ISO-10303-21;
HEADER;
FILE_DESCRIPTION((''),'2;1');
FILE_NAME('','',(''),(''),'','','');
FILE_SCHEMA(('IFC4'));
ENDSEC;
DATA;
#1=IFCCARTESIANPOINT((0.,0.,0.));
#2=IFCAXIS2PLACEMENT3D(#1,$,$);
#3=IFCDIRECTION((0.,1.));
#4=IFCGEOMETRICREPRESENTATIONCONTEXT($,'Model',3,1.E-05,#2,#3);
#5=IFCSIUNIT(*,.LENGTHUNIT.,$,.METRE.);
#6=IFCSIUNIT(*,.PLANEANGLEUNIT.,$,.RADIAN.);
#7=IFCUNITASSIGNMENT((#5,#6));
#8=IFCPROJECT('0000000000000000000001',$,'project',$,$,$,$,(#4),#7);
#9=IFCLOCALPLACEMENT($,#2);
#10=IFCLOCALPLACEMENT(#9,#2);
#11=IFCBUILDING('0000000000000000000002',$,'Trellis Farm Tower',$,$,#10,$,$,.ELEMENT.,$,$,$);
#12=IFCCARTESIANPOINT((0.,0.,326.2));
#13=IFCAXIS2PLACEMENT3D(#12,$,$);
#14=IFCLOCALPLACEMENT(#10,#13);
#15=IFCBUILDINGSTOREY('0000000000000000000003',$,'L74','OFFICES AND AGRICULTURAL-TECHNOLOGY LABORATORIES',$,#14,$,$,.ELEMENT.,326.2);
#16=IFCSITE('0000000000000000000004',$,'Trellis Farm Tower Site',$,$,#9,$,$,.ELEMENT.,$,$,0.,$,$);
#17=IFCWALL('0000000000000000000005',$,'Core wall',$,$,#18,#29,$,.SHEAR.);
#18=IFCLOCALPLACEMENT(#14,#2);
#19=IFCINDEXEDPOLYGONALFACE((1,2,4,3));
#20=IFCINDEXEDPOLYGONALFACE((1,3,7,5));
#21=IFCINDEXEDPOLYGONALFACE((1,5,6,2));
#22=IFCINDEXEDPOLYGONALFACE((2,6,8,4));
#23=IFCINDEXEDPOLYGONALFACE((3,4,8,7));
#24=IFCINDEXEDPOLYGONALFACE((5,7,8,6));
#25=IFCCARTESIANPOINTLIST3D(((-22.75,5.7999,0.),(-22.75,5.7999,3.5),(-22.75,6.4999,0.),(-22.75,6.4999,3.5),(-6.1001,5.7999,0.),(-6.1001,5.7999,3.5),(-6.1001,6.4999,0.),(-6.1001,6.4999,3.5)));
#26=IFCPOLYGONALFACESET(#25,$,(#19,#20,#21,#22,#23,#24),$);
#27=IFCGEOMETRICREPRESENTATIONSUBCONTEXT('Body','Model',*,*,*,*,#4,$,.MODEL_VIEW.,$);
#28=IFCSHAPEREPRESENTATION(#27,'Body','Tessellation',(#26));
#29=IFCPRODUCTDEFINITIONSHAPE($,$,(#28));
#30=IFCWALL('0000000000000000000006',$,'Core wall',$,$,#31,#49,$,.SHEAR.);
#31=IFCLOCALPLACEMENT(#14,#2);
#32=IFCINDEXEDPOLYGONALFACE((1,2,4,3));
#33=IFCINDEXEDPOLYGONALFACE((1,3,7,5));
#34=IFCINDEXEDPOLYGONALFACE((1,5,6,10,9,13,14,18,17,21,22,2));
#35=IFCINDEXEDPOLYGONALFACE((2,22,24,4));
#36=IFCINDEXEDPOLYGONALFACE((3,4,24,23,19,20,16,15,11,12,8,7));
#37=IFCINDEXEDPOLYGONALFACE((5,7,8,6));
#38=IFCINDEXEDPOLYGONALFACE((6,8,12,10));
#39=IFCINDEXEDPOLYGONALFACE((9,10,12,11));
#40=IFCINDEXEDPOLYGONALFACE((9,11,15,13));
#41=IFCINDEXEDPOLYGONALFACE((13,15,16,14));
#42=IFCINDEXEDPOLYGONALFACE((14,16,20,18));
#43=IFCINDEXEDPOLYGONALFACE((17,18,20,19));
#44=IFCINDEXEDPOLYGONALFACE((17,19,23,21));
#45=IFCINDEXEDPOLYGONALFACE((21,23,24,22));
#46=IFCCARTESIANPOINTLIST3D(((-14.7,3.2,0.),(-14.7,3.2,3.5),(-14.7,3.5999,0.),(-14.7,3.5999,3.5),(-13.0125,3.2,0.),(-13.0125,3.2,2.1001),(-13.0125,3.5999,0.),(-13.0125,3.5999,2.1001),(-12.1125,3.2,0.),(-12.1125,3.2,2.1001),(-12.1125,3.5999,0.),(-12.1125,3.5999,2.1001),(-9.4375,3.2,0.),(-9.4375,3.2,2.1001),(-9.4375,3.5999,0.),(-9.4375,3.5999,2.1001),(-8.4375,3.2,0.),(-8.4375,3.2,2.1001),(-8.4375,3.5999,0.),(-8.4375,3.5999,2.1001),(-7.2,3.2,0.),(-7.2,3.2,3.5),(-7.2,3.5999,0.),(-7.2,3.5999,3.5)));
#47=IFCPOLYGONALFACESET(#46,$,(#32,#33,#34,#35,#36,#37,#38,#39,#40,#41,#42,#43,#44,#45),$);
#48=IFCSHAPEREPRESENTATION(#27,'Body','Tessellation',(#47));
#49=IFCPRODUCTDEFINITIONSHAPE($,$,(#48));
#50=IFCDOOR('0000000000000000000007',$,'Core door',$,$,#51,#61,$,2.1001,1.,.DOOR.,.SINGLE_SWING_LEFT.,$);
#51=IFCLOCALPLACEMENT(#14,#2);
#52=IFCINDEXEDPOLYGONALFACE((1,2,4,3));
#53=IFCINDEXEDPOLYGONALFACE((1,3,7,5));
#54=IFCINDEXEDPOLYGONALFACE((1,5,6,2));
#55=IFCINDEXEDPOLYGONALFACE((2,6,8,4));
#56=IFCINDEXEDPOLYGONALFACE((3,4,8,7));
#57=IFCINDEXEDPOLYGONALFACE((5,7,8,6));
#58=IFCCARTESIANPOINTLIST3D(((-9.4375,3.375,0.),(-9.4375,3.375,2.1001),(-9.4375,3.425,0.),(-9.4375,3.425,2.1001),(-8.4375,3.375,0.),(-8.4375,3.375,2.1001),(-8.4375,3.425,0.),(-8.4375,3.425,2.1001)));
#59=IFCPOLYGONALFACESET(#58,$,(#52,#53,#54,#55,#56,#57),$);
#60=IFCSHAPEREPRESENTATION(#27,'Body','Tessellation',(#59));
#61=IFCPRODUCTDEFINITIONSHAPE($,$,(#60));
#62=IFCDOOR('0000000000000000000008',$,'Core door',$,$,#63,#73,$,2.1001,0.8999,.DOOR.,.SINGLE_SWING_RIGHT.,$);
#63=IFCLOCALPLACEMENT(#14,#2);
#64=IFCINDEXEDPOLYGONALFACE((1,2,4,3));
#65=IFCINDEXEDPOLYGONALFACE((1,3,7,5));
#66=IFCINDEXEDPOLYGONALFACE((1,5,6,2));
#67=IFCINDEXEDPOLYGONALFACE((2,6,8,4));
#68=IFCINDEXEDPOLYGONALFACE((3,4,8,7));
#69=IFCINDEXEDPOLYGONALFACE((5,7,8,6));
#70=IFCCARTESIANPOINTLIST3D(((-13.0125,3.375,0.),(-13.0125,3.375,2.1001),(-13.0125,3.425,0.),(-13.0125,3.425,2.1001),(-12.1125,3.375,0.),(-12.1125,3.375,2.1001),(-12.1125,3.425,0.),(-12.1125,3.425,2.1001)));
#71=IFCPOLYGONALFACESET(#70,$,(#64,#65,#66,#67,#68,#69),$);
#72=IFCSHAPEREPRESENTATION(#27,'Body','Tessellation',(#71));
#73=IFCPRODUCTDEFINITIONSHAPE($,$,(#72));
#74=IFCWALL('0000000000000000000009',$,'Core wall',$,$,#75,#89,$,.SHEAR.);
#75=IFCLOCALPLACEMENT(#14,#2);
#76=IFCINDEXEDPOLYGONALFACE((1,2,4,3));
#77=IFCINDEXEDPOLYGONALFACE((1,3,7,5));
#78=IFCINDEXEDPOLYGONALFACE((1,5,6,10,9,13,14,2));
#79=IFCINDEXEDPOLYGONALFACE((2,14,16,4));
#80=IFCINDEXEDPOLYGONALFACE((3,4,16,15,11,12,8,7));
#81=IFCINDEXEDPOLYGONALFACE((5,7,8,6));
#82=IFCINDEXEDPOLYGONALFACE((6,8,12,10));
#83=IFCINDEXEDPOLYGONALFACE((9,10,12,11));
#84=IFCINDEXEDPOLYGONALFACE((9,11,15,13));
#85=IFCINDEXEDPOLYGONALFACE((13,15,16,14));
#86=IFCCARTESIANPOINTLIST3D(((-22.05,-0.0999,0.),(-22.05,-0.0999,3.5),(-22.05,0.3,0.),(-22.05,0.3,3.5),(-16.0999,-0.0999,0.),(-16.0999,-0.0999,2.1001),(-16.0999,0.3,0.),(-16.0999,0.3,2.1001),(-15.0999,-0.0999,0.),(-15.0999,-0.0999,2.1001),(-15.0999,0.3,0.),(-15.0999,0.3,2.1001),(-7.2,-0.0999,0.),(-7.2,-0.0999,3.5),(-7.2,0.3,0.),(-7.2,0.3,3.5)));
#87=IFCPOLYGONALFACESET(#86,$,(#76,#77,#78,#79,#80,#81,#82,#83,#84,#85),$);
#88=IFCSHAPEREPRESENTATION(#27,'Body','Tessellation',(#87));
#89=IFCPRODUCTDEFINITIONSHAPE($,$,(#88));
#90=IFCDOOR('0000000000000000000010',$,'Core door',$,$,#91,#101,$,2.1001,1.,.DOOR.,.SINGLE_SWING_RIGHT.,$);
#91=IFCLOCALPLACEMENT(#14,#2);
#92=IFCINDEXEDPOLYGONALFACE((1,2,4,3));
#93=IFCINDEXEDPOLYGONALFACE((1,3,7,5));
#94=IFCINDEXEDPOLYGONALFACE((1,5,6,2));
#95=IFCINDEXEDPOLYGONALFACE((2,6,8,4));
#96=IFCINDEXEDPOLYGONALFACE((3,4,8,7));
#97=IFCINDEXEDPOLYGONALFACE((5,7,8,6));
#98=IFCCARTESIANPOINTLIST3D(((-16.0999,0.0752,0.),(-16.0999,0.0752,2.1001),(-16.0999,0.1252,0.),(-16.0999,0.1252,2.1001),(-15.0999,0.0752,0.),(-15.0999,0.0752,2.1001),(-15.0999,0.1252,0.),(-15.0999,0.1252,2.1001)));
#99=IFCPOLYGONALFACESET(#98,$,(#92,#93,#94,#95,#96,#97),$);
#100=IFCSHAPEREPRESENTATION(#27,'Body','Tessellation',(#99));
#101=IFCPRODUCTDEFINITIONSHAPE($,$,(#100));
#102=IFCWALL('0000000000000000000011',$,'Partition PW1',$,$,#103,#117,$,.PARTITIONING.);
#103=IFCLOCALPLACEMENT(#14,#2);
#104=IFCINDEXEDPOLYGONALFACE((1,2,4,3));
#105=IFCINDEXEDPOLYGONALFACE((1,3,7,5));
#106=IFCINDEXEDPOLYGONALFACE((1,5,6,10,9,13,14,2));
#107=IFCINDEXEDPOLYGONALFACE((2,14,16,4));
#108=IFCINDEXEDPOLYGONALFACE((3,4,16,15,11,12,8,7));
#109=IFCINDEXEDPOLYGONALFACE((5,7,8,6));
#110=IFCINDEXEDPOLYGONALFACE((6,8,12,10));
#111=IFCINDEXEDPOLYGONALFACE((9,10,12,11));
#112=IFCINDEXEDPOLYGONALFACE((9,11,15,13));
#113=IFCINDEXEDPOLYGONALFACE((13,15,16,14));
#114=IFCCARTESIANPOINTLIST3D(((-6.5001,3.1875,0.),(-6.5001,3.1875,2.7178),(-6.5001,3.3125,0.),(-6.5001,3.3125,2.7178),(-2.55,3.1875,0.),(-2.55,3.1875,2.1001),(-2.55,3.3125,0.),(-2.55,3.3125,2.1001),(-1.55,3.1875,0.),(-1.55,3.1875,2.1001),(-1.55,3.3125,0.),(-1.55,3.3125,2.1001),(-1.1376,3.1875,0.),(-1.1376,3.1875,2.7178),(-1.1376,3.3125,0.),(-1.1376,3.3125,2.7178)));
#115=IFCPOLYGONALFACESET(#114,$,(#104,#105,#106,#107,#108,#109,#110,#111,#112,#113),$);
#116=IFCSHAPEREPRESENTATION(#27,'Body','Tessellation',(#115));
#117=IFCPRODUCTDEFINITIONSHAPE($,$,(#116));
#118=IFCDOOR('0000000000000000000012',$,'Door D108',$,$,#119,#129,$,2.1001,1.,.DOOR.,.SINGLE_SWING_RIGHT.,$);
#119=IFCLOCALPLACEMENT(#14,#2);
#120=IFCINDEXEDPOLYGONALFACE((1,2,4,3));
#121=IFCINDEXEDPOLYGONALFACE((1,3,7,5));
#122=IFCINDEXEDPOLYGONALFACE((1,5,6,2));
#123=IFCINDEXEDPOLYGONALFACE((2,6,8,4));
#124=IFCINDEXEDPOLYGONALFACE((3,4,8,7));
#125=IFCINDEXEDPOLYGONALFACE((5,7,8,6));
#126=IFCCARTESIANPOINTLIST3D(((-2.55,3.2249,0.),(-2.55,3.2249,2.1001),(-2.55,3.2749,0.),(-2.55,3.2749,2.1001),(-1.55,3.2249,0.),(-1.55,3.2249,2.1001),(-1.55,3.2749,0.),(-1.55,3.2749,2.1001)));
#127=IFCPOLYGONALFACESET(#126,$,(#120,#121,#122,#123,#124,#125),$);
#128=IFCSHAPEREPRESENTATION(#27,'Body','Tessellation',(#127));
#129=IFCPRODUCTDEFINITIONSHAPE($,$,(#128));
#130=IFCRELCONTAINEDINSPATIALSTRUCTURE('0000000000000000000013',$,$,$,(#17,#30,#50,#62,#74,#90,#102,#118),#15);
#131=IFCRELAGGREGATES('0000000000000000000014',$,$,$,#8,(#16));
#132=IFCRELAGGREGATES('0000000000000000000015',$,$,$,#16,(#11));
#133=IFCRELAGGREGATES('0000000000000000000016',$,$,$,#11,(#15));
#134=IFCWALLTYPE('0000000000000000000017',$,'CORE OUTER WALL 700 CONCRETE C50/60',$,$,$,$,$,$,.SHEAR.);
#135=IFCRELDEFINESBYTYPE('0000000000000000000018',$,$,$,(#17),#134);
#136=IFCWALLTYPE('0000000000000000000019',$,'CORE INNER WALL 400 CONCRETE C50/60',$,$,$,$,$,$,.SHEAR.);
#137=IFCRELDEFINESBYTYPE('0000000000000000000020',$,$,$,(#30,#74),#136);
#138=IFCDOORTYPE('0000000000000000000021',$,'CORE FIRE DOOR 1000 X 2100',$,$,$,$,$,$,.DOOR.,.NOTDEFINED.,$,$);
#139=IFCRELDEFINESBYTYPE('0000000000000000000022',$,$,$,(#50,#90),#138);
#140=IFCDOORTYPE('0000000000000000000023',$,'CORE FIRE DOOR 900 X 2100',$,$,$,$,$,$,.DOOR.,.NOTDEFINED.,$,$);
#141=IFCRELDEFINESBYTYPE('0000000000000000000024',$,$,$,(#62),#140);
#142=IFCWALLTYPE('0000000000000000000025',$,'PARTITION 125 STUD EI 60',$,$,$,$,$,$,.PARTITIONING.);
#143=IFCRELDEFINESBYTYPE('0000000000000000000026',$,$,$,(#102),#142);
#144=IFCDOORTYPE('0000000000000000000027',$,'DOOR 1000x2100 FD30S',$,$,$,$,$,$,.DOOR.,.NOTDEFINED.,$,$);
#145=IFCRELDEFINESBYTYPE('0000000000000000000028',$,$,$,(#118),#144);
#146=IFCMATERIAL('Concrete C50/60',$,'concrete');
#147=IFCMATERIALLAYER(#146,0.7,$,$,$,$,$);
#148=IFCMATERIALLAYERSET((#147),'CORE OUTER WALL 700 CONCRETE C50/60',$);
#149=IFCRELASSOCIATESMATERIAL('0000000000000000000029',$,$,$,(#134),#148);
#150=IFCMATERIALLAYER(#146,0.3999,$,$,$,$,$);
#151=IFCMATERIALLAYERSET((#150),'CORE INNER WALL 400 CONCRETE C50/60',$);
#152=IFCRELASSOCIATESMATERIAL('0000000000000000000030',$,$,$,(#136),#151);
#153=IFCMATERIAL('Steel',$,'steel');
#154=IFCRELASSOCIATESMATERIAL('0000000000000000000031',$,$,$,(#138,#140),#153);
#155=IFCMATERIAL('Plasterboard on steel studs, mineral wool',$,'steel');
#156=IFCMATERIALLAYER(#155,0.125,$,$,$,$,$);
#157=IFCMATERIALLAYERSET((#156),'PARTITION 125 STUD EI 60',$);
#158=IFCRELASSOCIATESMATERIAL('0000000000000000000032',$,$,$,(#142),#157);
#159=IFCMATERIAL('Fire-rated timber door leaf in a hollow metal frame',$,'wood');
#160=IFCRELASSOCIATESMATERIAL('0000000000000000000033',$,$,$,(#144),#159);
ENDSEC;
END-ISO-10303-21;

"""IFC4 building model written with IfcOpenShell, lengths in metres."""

from ifc_helpers import new_model, si_unit, direction, frame, frame_2d, origin, place, context, subcontext, project, spatial, rectangle, extrude, source, transform, mapped, material, layer, layer_set, type_object, element, fill, save


model = new_model("IFC4")

# Units and contexts
model_context = context("Model", 3, precision=1e-05, world=origin(), true_north=direction((0.0, 1.0)))
body_context = subcontext(model_context, "Body", "Model", "MODEL_VIEW")
ifc_project = project(units=[si_unit("LENGTHUNIT", "METRE"), si_unit("PLANEANGLEUNIT", "RADIAN")], contexts=[model_context])

# Site, building, storey
site_placement = place(None, origin())
site = spatial("IfcSite", under=ifc_project, at=site_placement, Name="Trellis Farm Tower Site", CompositionType="ELEMENT", RefElevation=0.0)
building_placement = place(site_placement, origin())
building = spatial("IfcBuilding", under=site, at=building_placement, Name="Trellis Farm Tower", CompositionType="ELEMENT")
storey_placement = place(building_placement, frame((0.0, 0.0, 326.2)))
storey = spatial("IfcBuildingStorey", under=building, at=storey_placement, Name="L74", Description="OFFICES AND AGRICULTURAL-TECHNOLOGY LABORATORIES", CompositionType="ELEMENT", Elevation=326.2)

# Shared definitions
ifc_material_1 = material(Name="Concrete C50/60", Category="concrete")
ifc_layer_1 = layer(ifc_material_1, 0.7)
ifc_layer_set_1 = layer_set([ifc_layer_1], Name="CORE OUTER WALL 700 CONCRETE C50/60")
wall_type_1 = type_object("IfcWallType", Name="CORE OUTER WALL 700 CONCRETE C50/60", PredefinedType="SHEAR", material=ifc_layer_set_1)
ifc_material_2 = material(Name="Steel", Category="steel")

# Wall
shared_shape_1 = source(origin(), body_context, "Body", "SweptSolid", [
    extrude(rectangle(XDim=16.6499, YDim=0.7, at=frame_2d((8.325, 0.0))), origin(), (0.0, 0.0, 1.0), 3.5),
])
wall_1_placement = place(storey_placement, frame((-6.1001, 6.1499, 0.0), z_axis=(0.0, 0.0, 1.0), x_axis=(-1.0, 0.0, 0.0)))
element("IfcWall", 1, at=wall_1_placement, inside=storey, type_object=wall_type_1, Name="Core wall", PredefinedType="SHEAR", context=body_context, shape_type="MappedRepresentation", body=[
    mapped(shared_shape_1, transform((0.0, 0.0, 0.0))),
])

# Wall, openings, doors
ifc_layer_2 = layer(ifc_material_1, 0.3999)
ifc_layer_set_2 = layer_set([ifc_layer_2], Name="CORE INNER WALL 400 CONCRETE C50/60")
wall_type_2 = type_object("IfcWallType", Name="CORE INNER WALL 400 CONCRETE C50/60", PredefinedType="SHEAR", material=ifc_layer_set_2)
shared_shape_2 = source(origin(), body_context, "Body", "SweptSolid", [
    extrude(rectangle(XDim=7.5, YDim=0.3999, at=frame_2d((3.75, 0.0))), origin(), (0.0, 0.0, 1.0), 3.5),
])
wall_2_placement = place(storey_placement, frame((-7.2, 3.3999, 0.0), z_axis=(0.0, 0.0, 1.0), x_axis=(-1.0, 0.0, 0.0)))
wall_2 = element("IfcWall", 2, at=wall_2_placement, inside=storey, type_object=wall_type_2, Name="Core wall", PredefinedType="SHEAR", context=body_context, shape_type="MappedRepresentation", body=[
    mapped(shared_shape_2, transform((0.0, 0.0, 0.0))),
])
shared_shape_3 = source(origin(), body_context, "Body", "SweptSolid", [
    extrude(rectangle(XDim=1.0, YDim=2.1001, at=frame_2d((0.5, 1.05))), frame((0.0, 0.21, 0.0), z_axis=(0.0, -1.0, 0.0), x_axis=(1.0, 0.0, 0.0)), (0.0, 0.0, 1.0), 0.4199),
])
opening_1_placement = place(wall_2_placement, frame((1.2375, 0.0, 0.0)))
opening_1 = element("IfcOpeningElement", 3, at=opening_1_placement, cuts=wall_2, PredefinedType="OPENING", context=body_context, shape_type="MappedRepresentation", body=[
    mapped(shared_shape_3, transform((0.0, 0.0, 0.0))),
])
shared_shape_4 = source(origin(), body_context, "Body", "SweptSolid", [
    extrude(rectangle(XDim=0.8999, YDim=2.1001, at=frame_2d((0.45, 1.05))), frame((0.0, 0.21, 0.0), z_axis=(0.0, -1.0, 0.0), x_axis=(1.0, 0.0, 0.0)), (0.0, 0.0, 1.0), 0.4199),
])
opening_2_placement = place(wall_2_placement, frame((4.9126, 0.0, 0.0)))
opening_2 = element("IfcOpeningElement", 4, at=opening_2_placement, cuts=wall_2, PredefinedType="OPENING", context=body_context, shape_type="MappedRepresentation", body=[
    mapped(shared_shape_4, transform((0.0, 0.0, 0.0))),
])
door_type_1 = type_object("IfcDoorType", Name="CORE FIRE DOOR 1000 X 2100", OperationType="NOTDEFINED", PredefinedType="DOOR", material=ifc_material_2)
shared_shape_5 = source(origin(), body_context, "Body", "SweptSolid", [
    extrude(rectangle(XDim=1.0, YDim=2.1001, at=frame_2d((0.5, 1.05))), frame((0.0, 0.0249, 0.0), z_axis=(0.0, -1.0, 0.0), x_axis=(1.0, 0.0, 0.0)), (0.0, 0.0, 1.0), 0.05),
])
door_1_placement = place(opening_1_placement, origin())
door_1 = element("IfcDoor", 5, at=door_1_placement, inside=storey, type_object=door_type_1, Name="Core door", OperationType="SINGLE_SWING_LEFT", OverallHeight=2.1001, OverallWidth=1.0, PredefinedType="DOOR", context=body_context, shape_type="MappedRepresentation", body=[
    mapped(shared_shape_5, transform((0.0, 0.0, 0.0))),
])
fill(opening_1, door_1)
door_type_2 = type_object("IfcDoorType", Name="CORE FIRE DOOR 900 X 2100", OperationType="NOTDEFINED", PredefinedType="DOOR", material=ifc_material_2)
shared_shape_6 = source(origin(), body_context, "Body", "SweptSolid", [
    extrude(rectangle(XDim=0.8999, YDim=2.1001, at=frame_2d((0.45, 1.05))), frame((0.0, 0.0249, 0.0), z_axis=(0.0, -1.0, 0.0), x_axis=(1.0, 0.0, 0.0)), (0.0, 0.0, 1.0), 0.05),
])
door_2_placement = place(opening_2_placement, origin())
door_2 = element("IfcDoor", 6, at=door_2_placement, inside=storey, type_object=door_type_2, Name="Core door", OperationType="SINGLE_SWING_RIGHT", OverallHeight=2.1001, OverallWidth=0.8999, PredefinedType="DOOR", context=body_context, shape_type="MappedRepresentation", body=[
    mapped(shared_shape_6, transform((0.0, 0.0, 0.0))),
])
fill(opening_2, door_2)

# Walls, openings, doors
shared_shape_7 = source(origin(), body_context, "Body", "SweptSolid", [
    extrude(rectangle(XDim=14.8501, YDim=0.3999, at=frame_2d((7.425, 0.0))), origin(), (0.0, 0.0, 1.0), 3.5),
])
wall_3_placement = place(storey_placement, frame((-7.2, 0.1001, 0.0), z_axis=(0.0, 0.0, 1.0), x_axis=(-1.0, 0.0, 0.0)))
wall_3 = element("IfcWall", 7, at=wall_3_placement, inside=storey, type_object=wall_type_2, Name="Core wall", PredefinedType="SHEAR", context=body_context, shape_type="MappedRepresentation", body=[
    mapped(shared_shape_7, transform((0.0, 0.0, 0.0))),
])
opening_3_placement = place(wall_3_placement, frame((7.8999, 0.0, 0.0)))
opening_3 = element("IfcOpeningElement", 8, at=opening_3_placement, cuts=wall_3, PredefinedType="OPENING", context=body_context, shape_type="MappedRepresentation", body=[
    mapped(shared_shape_3, transform((0.0, 0.0, 0.0))),
])
door_3_placement = place(opening_3_placement, origin())
door_3 = element("IfcDoor", 9, at=door_3_placement, inside=storey, type_object=door_type_1, Name="Core door", OperationType="SINGLE_SWING_RIGHT", OverallHeight=2.1001, OverallWidth=1.0, PredefinedType="DOOR", context=body_context, shape_type="MappedRepresentation", body=[
    mapped(shared_shape_5, transform((0.0, 0.0, 0.0))),
])
fill(opening_3, door_3)
ifc_material_3 = material(Name="Plasterboard on steel studs, mineral wool", Category="steel")
ifc_layer_3 = layer(ifc_material_3, 0.125)
ifc_layer_set_3 = layer_set([ifc_layer_3], Name="PARTITION 125 STUD EI 60")
wall_type_3 = type_object("IfcWallType", Name="PARTITION 125 STUD EI 60", PredefinedType="PARTITIONING", material=ifc_layer_set_3)
shared_shape_8 = source(origin(), body_context, "Body", "SweptSolid", [
    extrude(rectangle(XDim=5.3625, YDim=0.125, at=frame_2d((2.6812, 0.0))), origin(), (0.0, 0.0, 1.0), 2.7178),
])
wall_4_placement = place(storey_placement, frame((-6.5, 3.25, 0.0), z_axis=(0.0, 0.0, 1.0), x_axis=(1.0, 0.0, 0.0)))
wall_4 = element("IfcWall", 10, at=wall_4_placement, inside=storey, type_object=wall_type_3, Name="Partition PW1", PredefinedType="PARTITIONING", context=body_context, shape_type="MappedRepresentation", body=[
    mapped(shared_shape_8, transform((0.0, 0.0, 0.0))),
])
shared_shape_9 = source(origin(), body_context, "Body", "SweptSolid", [
    extrude(rectangle(XDim=1.0, YDim=2.1001, at=frame_2d((0.5, 1.05))), frame((0.0, 0.0725, 0.0), z_axis=(0.0, -1.0, 0.0), x_axis=(1.0, 0.0, 0.0)), (0.0, 0.0, 1.0), 0.145),
])
opening_4_placement = place(wall_4_placement, frame((3.95, 0.0, 0.0)))
opening_4 = element("IfcOpeningElement", 11, at=opening_4_placement, cuts=wall_4, PredefinedType="OPENING", context=body_context, shape_type="MappedRepresentation", body=[
    mapped(shared_shape_9, transform((0.0, 0.0, 0.0))),
])
ifc_material_4 = material(Name="Fire-rated timber door leaf in a hollow metal frame", Category="wood")
door_type_3 = type_object("IfcDoorType", Name="DOOR 1000x2100 FD30S", OperationType="NOTDEFINED", PredefinedType="DOOR", material=ifc_material_4)
door_4_placement = place(opening_4_placement, origin())
door_4 = element("IfcDoor", 12, at=door_4_placement, inside=storey, type_object=door_type_3, Name="Door D108", OperationType="SINGLE_SWING_RIGHT", OverallHeight=2.1001, OverallWidth=1.0, PredefinedType="DOOR", context=body_context, shape_type="MappedRepresentation", body=[
    mapped(shared_shape_5, transform((0.0, 0.0, 0.0))),
])
fill(opening_4, door_4)

save(model, "model.ifc")
